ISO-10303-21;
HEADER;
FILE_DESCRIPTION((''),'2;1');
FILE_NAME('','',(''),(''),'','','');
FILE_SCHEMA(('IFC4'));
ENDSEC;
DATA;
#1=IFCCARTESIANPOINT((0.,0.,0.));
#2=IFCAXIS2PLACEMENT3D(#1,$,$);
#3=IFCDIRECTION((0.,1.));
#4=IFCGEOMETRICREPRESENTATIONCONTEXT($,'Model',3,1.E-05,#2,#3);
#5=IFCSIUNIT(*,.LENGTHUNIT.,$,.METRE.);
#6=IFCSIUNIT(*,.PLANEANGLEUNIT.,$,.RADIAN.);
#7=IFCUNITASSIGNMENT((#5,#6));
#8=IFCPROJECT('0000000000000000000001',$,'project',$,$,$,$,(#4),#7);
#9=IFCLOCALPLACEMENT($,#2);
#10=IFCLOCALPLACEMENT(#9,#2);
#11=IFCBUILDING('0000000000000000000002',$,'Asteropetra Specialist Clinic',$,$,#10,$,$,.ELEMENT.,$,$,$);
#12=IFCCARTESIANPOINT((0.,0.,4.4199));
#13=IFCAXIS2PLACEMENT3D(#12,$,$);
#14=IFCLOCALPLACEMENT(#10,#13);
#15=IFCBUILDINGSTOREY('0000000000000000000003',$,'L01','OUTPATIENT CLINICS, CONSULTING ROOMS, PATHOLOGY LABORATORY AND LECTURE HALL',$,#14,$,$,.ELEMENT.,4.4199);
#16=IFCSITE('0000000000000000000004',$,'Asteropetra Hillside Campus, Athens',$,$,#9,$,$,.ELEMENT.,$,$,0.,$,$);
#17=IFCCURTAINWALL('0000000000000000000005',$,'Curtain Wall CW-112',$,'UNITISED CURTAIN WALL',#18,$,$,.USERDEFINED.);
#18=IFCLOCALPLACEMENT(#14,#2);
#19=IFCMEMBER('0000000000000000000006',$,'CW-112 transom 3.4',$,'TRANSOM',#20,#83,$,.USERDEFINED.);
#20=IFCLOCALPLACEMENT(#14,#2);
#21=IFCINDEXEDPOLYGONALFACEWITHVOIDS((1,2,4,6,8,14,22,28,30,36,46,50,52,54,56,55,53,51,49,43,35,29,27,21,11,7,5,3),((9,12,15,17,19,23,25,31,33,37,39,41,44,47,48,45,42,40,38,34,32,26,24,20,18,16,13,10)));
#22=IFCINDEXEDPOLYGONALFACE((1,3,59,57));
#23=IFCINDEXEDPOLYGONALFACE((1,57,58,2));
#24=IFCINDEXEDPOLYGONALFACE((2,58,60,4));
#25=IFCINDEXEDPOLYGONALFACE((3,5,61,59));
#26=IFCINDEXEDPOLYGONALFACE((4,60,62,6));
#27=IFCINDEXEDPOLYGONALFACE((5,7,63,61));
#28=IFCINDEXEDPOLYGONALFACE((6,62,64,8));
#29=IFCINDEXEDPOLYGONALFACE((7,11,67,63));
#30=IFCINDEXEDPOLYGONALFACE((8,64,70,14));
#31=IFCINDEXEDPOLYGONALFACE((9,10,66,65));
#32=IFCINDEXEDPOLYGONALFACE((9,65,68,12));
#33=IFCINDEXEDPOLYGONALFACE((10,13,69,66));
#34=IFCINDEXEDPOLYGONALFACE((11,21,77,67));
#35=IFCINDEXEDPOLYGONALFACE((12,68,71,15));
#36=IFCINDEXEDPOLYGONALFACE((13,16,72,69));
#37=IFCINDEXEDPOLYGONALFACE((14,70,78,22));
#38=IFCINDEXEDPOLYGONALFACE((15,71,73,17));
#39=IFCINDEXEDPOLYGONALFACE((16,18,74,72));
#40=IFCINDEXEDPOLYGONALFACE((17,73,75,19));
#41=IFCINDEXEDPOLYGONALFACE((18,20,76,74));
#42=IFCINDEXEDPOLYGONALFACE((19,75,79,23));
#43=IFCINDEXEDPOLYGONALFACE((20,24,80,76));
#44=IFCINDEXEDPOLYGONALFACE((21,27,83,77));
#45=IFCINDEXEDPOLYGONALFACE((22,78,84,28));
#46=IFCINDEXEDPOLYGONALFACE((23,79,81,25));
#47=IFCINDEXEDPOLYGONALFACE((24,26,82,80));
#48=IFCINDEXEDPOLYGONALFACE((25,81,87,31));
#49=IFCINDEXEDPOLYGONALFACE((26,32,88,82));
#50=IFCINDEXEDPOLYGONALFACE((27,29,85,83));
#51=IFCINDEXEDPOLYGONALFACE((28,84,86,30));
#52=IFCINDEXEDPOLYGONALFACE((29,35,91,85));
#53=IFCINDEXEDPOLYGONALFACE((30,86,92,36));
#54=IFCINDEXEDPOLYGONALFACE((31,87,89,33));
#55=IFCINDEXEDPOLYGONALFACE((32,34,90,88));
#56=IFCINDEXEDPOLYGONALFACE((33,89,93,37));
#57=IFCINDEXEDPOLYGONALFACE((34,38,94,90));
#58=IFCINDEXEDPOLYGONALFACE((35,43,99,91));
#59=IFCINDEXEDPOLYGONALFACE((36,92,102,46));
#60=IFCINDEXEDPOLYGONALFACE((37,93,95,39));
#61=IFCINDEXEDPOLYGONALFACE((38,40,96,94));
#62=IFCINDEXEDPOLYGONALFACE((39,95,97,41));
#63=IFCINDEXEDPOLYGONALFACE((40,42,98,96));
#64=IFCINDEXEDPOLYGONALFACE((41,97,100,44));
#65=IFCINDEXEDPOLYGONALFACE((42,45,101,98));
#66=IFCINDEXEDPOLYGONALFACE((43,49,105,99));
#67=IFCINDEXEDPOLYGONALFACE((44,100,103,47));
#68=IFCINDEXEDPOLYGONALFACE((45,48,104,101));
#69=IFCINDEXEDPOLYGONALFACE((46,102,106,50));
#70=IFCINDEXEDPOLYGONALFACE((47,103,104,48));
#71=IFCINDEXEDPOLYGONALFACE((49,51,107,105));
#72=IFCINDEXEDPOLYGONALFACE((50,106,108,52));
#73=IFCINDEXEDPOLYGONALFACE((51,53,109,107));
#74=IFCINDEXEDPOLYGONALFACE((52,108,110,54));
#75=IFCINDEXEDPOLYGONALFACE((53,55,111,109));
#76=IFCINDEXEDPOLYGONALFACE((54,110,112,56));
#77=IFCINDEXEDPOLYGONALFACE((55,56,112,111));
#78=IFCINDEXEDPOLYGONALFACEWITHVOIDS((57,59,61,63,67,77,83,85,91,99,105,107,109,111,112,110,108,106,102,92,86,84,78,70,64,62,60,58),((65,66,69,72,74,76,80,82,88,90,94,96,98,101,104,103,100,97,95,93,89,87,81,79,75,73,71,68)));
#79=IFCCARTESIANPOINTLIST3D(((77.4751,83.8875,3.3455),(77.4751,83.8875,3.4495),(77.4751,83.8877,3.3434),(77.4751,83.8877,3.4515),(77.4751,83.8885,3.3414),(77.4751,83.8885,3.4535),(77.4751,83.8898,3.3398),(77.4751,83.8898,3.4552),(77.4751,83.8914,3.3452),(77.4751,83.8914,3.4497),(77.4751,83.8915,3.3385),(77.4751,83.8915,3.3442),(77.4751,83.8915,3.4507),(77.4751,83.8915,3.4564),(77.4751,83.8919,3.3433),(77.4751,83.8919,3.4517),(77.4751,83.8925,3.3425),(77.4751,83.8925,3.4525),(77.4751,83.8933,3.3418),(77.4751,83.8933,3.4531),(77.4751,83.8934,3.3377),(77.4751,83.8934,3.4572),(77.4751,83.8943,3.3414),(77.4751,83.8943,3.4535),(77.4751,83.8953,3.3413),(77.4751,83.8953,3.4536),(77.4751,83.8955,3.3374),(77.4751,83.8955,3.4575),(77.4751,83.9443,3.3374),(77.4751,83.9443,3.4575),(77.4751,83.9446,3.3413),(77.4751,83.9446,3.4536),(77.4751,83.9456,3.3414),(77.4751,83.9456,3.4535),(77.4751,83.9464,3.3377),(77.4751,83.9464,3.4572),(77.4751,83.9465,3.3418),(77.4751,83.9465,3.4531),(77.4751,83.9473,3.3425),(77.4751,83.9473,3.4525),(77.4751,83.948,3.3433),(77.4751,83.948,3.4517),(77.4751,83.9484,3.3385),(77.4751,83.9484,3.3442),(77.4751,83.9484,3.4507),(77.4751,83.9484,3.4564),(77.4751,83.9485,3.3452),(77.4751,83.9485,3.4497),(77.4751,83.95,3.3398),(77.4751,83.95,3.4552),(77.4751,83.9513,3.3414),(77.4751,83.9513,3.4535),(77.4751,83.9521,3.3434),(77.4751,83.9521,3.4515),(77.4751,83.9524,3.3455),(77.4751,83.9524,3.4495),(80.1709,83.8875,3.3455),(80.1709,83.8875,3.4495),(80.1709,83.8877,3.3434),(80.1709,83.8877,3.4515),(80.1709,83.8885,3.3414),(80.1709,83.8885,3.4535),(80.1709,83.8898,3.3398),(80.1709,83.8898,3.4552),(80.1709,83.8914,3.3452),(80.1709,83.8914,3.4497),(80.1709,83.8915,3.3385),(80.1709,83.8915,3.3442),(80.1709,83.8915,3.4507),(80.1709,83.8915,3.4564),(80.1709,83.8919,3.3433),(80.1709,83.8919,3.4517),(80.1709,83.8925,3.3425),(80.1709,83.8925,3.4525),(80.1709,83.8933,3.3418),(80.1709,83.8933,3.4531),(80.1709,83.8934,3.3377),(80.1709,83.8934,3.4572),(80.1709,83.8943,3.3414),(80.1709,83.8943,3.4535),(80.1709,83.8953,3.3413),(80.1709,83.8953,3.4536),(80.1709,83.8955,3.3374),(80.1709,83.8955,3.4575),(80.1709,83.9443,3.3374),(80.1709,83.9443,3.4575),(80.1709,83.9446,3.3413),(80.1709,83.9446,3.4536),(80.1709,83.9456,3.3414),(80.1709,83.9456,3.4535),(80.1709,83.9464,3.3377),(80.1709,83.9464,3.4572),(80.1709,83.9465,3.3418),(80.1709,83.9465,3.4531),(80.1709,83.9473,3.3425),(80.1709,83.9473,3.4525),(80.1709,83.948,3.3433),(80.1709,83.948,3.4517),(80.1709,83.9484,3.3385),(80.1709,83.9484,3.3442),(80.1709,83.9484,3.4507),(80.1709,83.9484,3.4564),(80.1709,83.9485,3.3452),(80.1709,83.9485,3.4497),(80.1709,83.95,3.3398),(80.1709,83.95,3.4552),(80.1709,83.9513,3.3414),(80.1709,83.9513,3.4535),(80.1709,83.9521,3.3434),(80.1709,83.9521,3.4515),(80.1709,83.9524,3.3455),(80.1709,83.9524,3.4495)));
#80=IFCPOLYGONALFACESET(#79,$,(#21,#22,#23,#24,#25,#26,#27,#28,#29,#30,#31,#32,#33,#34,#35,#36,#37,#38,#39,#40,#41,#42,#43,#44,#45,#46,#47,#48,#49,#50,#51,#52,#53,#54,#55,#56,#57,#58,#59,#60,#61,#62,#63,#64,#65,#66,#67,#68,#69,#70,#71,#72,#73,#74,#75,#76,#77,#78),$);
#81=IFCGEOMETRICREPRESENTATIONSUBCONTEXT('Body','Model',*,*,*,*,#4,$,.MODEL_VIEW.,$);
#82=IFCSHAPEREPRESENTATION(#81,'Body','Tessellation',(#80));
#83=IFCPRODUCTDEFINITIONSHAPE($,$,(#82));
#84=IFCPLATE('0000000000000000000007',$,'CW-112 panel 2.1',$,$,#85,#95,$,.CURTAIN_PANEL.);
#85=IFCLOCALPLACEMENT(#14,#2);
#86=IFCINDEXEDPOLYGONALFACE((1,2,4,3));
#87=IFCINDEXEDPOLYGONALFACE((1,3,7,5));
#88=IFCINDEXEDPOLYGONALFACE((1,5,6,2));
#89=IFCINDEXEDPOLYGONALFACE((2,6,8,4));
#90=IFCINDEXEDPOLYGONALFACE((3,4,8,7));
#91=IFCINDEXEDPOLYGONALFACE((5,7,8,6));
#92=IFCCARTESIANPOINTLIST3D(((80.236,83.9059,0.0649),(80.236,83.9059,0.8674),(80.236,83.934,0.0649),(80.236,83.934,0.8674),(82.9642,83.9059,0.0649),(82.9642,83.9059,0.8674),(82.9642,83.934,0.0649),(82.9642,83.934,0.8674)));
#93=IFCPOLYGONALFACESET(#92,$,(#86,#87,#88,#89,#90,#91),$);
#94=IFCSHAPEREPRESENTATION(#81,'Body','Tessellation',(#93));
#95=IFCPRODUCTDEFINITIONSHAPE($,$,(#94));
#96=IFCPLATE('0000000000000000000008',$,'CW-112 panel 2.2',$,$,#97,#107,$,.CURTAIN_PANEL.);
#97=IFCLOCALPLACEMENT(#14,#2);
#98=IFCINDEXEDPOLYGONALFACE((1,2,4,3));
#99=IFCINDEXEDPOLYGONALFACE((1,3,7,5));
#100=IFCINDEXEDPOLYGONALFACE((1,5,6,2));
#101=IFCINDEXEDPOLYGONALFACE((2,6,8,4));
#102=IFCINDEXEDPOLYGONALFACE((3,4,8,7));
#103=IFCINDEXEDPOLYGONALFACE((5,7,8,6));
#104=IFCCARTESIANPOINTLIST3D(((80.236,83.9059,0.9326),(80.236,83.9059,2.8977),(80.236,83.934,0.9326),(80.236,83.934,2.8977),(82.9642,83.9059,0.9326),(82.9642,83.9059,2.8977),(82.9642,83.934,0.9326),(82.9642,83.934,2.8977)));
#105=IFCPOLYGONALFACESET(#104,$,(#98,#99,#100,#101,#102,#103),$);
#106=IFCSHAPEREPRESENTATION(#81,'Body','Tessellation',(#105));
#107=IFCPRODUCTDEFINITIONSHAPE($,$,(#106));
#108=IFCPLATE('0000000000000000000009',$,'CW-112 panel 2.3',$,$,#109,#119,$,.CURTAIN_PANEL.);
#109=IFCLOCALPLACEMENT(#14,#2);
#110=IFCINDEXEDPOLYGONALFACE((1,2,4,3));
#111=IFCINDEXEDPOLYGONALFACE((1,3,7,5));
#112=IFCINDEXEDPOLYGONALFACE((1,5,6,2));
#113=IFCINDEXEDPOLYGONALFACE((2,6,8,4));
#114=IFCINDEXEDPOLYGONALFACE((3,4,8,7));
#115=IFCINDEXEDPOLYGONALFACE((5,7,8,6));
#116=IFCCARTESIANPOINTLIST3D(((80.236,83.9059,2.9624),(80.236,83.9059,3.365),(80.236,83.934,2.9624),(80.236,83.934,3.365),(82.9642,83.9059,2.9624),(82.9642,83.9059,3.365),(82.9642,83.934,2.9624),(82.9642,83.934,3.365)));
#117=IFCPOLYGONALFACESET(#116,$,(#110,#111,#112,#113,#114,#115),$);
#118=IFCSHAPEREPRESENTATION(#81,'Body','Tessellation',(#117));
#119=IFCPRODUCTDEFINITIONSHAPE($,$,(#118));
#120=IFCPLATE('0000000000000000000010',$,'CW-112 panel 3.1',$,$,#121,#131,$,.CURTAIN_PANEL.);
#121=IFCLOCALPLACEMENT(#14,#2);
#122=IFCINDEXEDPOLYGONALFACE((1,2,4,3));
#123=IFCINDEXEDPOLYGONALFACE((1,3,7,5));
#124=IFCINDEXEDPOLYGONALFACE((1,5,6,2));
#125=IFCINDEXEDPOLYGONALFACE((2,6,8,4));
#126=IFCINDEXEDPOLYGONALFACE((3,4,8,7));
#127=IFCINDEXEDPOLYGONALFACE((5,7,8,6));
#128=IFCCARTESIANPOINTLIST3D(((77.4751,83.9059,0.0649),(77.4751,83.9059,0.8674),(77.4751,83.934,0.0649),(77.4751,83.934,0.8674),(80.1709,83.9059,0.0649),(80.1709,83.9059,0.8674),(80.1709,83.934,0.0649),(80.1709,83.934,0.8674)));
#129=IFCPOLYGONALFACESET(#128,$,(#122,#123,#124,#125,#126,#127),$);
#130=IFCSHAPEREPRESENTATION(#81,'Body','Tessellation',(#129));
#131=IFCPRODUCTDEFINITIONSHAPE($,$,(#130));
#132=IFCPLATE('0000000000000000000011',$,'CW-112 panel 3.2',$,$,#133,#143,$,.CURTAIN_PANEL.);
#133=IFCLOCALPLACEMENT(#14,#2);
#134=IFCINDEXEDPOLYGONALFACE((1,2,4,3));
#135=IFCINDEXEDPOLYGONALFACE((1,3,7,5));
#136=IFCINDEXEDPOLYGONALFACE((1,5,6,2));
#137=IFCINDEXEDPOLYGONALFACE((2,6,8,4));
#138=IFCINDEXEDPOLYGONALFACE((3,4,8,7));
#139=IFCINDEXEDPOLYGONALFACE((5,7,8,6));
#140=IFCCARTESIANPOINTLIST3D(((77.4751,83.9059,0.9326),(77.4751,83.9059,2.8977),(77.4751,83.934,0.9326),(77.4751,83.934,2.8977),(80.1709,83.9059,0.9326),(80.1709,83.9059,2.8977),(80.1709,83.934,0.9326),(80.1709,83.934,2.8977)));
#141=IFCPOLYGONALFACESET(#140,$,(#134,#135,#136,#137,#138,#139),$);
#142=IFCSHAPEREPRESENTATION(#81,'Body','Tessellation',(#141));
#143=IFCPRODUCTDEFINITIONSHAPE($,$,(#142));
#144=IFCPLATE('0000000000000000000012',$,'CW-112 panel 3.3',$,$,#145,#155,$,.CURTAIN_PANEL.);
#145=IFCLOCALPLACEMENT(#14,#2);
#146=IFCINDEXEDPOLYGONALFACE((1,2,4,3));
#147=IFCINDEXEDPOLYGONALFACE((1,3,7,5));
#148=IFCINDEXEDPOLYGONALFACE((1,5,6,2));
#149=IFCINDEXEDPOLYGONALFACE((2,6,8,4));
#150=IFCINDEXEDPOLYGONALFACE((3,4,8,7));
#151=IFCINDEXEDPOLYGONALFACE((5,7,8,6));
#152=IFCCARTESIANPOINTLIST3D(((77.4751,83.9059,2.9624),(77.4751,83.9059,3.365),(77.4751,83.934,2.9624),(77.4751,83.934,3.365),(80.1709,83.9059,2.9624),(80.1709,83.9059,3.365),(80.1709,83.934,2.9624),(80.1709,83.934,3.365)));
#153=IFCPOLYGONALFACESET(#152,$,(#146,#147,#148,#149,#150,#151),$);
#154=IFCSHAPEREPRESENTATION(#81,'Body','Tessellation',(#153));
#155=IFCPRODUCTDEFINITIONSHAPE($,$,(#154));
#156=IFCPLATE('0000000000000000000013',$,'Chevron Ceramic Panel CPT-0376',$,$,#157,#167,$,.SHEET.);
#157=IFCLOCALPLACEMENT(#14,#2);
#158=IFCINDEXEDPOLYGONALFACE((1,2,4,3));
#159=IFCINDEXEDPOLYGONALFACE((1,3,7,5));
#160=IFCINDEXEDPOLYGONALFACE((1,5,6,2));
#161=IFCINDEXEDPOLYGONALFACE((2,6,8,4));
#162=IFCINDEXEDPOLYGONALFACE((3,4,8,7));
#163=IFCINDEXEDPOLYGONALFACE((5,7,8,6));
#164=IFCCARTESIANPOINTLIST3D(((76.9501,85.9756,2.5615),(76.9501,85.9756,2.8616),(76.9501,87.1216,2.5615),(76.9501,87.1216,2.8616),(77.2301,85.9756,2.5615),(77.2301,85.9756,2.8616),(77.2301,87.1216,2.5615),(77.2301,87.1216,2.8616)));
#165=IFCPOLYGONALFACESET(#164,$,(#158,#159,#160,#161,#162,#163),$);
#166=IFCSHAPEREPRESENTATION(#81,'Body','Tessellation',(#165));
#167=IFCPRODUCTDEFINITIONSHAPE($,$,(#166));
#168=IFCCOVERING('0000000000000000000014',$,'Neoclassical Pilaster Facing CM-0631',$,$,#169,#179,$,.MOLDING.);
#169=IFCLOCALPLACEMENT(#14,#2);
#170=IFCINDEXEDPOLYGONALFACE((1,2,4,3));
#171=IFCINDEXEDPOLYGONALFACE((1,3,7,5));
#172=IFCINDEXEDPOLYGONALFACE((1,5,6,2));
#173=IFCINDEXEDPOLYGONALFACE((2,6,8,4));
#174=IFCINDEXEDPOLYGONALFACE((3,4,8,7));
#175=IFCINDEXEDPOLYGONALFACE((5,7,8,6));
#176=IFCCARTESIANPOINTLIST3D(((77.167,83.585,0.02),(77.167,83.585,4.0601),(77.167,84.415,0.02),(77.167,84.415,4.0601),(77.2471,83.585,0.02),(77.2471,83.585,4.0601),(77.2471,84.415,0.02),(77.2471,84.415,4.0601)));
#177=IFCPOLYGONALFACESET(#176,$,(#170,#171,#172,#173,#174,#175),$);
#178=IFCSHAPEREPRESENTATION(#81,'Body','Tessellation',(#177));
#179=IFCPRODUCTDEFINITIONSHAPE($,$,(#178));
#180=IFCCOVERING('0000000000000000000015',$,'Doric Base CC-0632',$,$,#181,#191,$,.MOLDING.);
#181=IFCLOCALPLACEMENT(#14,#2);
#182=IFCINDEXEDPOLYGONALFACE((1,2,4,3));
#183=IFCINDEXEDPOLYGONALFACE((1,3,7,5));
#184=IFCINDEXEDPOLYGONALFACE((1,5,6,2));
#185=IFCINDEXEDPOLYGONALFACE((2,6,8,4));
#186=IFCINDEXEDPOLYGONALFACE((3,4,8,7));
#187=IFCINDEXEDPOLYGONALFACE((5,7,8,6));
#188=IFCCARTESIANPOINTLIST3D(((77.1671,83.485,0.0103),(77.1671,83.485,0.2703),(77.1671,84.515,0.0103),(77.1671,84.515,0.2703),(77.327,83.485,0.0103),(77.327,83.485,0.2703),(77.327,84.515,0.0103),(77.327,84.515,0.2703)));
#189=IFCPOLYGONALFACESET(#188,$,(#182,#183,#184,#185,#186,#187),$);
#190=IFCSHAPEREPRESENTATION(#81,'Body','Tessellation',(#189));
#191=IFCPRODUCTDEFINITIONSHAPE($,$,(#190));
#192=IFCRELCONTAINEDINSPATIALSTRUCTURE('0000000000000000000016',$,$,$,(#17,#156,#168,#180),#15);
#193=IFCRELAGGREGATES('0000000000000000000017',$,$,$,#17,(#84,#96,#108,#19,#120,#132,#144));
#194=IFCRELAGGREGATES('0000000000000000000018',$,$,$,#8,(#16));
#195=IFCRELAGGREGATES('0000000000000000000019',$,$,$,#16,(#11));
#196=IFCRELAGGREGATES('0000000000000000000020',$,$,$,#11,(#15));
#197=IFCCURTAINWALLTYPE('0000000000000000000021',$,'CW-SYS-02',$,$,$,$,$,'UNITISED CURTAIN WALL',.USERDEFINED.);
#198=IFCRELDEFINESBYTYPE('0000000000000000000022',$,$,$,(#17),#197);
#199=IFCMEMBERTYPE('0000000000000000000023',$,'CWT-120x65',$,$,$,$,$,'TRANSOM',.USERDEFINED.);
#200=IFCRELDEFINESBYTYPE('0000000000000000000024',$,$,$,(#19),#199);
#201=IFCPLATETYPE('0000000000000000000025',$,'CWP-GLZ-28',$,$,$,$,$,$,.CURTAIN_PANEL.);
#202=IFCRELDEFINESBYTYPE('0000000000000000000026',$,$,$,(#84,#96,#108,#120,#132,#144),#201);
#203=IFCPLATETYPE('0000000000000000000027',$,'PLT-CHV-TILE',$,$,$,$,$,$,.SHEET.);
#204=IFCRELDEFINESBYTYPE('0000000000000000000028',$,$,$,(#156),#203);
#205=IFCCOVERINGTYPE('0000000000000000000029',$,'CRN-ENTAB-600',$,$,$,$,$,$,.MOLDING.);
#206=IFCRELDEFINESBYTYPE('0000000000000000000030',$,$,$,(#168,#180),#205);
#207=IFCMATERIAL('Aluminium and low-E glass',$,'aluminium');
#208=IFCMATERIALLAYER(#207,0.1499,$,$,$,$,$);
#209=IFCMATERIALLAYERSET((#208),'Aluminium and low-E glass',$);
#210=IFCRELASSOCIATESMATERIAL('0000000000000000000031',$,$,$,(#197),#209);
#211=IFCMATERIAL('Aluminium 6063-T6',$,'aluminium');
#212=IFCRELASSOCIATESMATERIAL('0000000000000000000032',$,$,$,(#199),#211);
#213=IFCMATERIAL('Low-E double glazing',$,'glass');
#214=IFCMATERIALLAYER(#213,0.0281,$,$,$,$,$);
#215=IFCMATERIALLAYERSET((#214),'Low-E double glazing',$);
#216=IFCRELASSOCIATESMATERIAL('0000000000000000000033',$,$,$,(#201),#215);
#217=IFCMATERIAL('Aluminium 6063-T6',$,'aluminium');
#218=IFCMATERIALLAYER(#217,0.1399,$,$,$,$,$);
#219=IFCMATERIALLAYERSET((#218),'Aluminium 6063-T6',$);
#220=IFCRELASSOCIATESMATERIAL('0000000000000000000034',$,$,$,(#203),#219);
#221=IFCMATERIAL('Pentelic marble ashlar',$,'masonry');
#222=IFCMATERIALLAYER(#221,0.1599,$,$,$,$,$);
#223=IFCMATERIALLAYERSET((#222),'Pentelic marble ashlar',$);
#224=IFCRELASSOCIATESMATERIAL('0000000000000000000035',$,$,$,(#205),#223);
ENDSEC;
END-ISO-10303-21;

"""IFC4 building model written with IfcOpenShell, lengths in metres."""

from ifc_helpers import new_model, si_unit, direction, frame, origin, origin_2d, place, context, subcontext, project, spatial, rectangle, hollow_rectangle, extrude, material, layer, layer_set, material_profile, profile_set, type_object, element, aggregate, save


model = new_model("IFC4")

# Units and contexts
model_context = context("Model", 3, precision=1e-05, world=origin(), true_north=direction((0.0, 1.0)))
body_context = subcontext(model_context, "Body", "Model", "MODEL_VIEW")
ifc_project = project(units=[si_unit("LENGTHUNIT", "METRE"), si_unit("PLANEANGLEUNIT", "RADIAN")], contexts=[model_context])

# Site, building, storey
site_placement = place(None, origin())
site = spatial("IfcSite", under=ifc_project, at=site_placement, Name="Asteropetra Hillside Campus, Athens", CompositionType="ELEMENT", RefElevation=0.0)
building_placement = place(site_placement, origin())
building = spatial("IfcBuilding", under=site, at=building_placement, Name="Asteropetra Specialist Clinic", CompositionType="ELEMENT")
storey_placement = place(building_placement, frame((0.0, 0.0, 4.4199)))
storey = spatial("IfcBuildingStorey", under=building, at=storey_placement, Name="L01", Description="OUTPATIENT CLINICS, CONSULTING ROOMS, PATHOLOGY LABORATORY AND LECTURE HALL", CompositionType="ELEMENT", Elevation=4.4199)

# Curtain wall, member, plates
ifc_material_1 = material(Name="Aluminium and low-E glass", Category="aluminium")
ifc_layer_1 = layer(ifc_material_1, 0.1499)
ifc_layer_set_1 = layer_set([ifc_layer_1], Name="Aluminium and low-E glass")
curtain_wall_type = type_object("IfcCurtainWallType", Name="CW-SYS-02", ElementType="UNITISED CURTAIN WALL", PredefinedType="USERDEFINED", material=ifc_layer_set_1)
curtain_wall_placement = place(storey_placement, origin())
curtain_wall = element("IfcCurtainWall", 1, at=curtain_wall_placement, inside=storey, type_object=curtain_wall_type, Name="Curtain Wall CW-112", ObjectType="UNITISED CURTAIN WALL", PredefinedType="USERDEFINED")
ifc_material_2 = material(Name="Aluminium 6063-T6", Category="aluminium")
ifc_material_profile_1 = material_profile(ifc_material_2, hollow_rectangle(XDim=0.0649, YDim=0.1201, WallThickness=0.0039, InnerFilletRadius=0.0039, OuterFilletRadius=0.0081, at=origin_2d()), Name="TRN 120x65x4.0")
ifc_profile_set_1 = profile_set([ifc_material_profile_1], Name="Aluminium 6063-T6")
member_type_1 = type_object("IfcMemberType", Name="CWT-120x65", ElementType="TRANSOM", PredefinedType="USERDEFINED", material=ifc_profile_set_1)
member_1_placement = place(storey_placement, frame((80.1709, 83.9199, 3.3975), z_axis=(-1.0, 0.0, 0.0), x_axis=(0.0, -1.0, 0.0)))
member_1 = element("IfcMember", 2, at=member_1_placement, type_object=member_type_1, Name="CW-112 transom 3.4", ObjectType="TRANSOM", PredefinedType="USERDEFINED", context=body_context, shape_type="SweptSolid", body=[
    extrude(hollow_rectangle(XDim=0.0649, YDim=0.1201, WallThickness=0.0039, InnerFilletRadius=0.0039, OuterFilletRadius=0.0081, at=origin_2d()), origin(), (0.0, 0.0, 1.0), 2.6958),
])
ifc_material_3 = material(Name="Low-E double glazing", Category="glass")
ifc_layer_2 = layer(ifc_material_3, 0.0281)
ifc_layer_set_2 = layer_set([ifc_layer_2], Name="Low-E double glazing")
plate_type_1 = type_object("IfcPlateType", Name="CWP-GLZ-28", PredefinedType="CURTAIN_PANEL", material=ifc_layer_set_2)
plate_1_placement = place(storey_placement, frame((81.6001, 83.9199, 0.0649), z_axis=(0.0, 0.0, 1.0), x_axis=(-1.0, 0.0, 0.0)))
plate_1 = element("IfcPlate", 3, at=plate_1_placement, type_object=plate_type_1, Name="CW-112 panel 2.1", PredefinedType="CURTAIN_PANEL", context=body_context, shape_type="SweptSolid", body=[
    extrude(rectangle(XDim=2.7283, YDim=0.0281, at=origin_2d()), origin(), (0.0, 0.0, 1.0), 0.8025),
])
plate_2_placement = place(storey_placement, frame((81.6001, 83.9199, 0.9326), z_axis=(0.0, 0.0, 1.0), x_axis=(-1.0, 0.0, 0.0)))
plate_2 = element("IfcPlate", 4, at=plate_2_placement, type_object=plate_type_1, Name="CW-112 panel 2.2", PredefinedType="CURTAIN_PANEL", context=body_context, shape_type="SweptSolid", body=[
    extrude(rectangle(XDim=2.7283, YDim=0.0281, at=origin_2d()), origin(), (0.0, 0.0, 1.0), 1.9651),
])
plate_3_placement = place(storey_placement, frame((81.6001, 83.9199, 2.9624), z_axis=(0.0, 0.0, 1.0), x_axis=(-1.0, 0.0, 0.0)))
plate_3 = element("IfcPlate", 5, at=plate_3_placement, type_object=plate_type_1, Name="CW-112 panel 2.3", PredefinedType="CURTAIN_PANEL", context=body_context, shape_type="SweptSolid", body=[
    extrude(rectangle(XDim=2.7283, YDim=0.0281, at=origin_2d()), origin(), (0.0, 0.0, 1.0), 0.4026),
])
plate_4_placement = place(storey_placement, frame((78.823, 83.9199, 0.0649), z_axis=(0.0, 0.0, 1.0), x_axis=(-1.0, 0.0, 0.0)))
plate_4 = element("IfcPlate", 6, at=plate_4_placement, type_object=plate_type_1, Name="CW-112 panel 3.1", PredefinedType="CURTAIN_PANEL", context=body_context, shape_type="SweptSolid", body=[
    extrude(rectangle(XDim=2.6958, YDim=0.0281, at=origin_2d()), origin(), (0.0, 0.0, 1.0), 0.8025),
])
plate_5_placement = place(storey_placement, frame((78.823, 83.9199, 0.9326), z_axis=(0.0, 0.0, 1.0), x_axis=(-1.0, 0.0, 0.0)))
plate_5 = element("IfcPlate", 7, at=plate_5_placement, type_object=plate_type_1, Name="CW-112 panel 3.2", PredefinedType="CURTAIN_PANEL", context=body_context, shape_type="SweptSolid", body=[
    extrude(rectangle(XDim=2.6958, YDim=0.0281, at=origin_2d()), origin(), (0.0, 0.0, 1.0), 1.9651),
])
plate_6_placement = place(storey_placement, frame((78.823, 83.9199, 2.9624), z_axis=(0.0, 0.0, 1.0), x_axis=(-1.0, 0.0, 0.0)))
plate_6 = element("IfcPlate", 8, at=plate_6_placement, type_object=plate_type_1, Name="CW-112 panel 3.3", PredefinedType="CURTAIN_PANEL", context=body_context, shape_type="SweptSolid", body=[
    extrude(rectangle(XDim=2.6958, YDim=0.0281, at=origin_2d()), origin(), (0.0, 0.0, 1.0), 0.4026),
])
aggregate(curtain_wall, [plate_1, plate_2, plate_3, member_1, plate_4, plate_5, plate_6])

# Plate
ifc_material_4 = material(Name="Aluminium 6063-T6", Category="aluminium")
ifc_layer_3 = layer(ifc_material_4, 0.1399)
ifc_layer_set_3 = layer_set([ifc_layer_3], Name="Aluminium 6063-T6")
plate_type_2 = type_object("IfcPlateType", Name="PLT-CHV-TILE", PredefinedType="SHEET", material=ifc_layer_set_3)
plate_7_placement = place(storey_placement, frame((77.0901, 86.5486, 2.5615), z_axis=(0.0, 0.0, 1.0), x_axis=(1.0, 0.0, 0.0)))
element("IfcPlate", 9, at=plate_7_placement, inside=storey, type_object=plate_type_2, Name="Chevron Ceramic Panel CPT-0376", PredefinedType="SHEET", context=body_context, shape_type="SweptSolid", body=[
    extrude(rectangle(XDim=0.28, YDim=1.146, at=origin_2d()), origin(), (0.0, 0.0, 1.0), 0.3),
])

# Coverings
ifc_material_5 = material(Name="Pentelic marble ashlar", Category="masonry")
ifc_layer_4 = layer(ifc_material_5, 0.1599)
ifc_layer_set_4 = layer_set([ifc_layer_4], Name="Pentelic marble ashlar")
covering_type_1 = type_object("IfcCoveringType", Name="CRN-ENTAB-600", PredefinedType="MOLDING", material=ifc_layer_set_4)
covering_1_placement = place(storey_placement, frame((77.207, 84.0, 0.02), z_axis=(0.0, 0.0, 1.0), x_axis=(1.0, 0.0, 0.0)))
element("IfcCovering", 10, at=covering_1_placement, inside=storey, type_object=covering_type_1, Name="Neoclassical Pilaster Facing CM-0631", PredefinedType="MOLDING", context=body_context, shape_type="SweptSolid", body=[
    extrude(rectangle(XDim=0.0801, YDim=0.8301, at=origin_2d()), origin(), (0.0, 0.0, 1.0), 4.04),
])
for number, where, z_axis, x_axis, name in (
    (11, (77.2471, 84.0, 0.0103), (0.0, 0.0, 1.0), (1.0, 0.0, 0.0), "Doric Base CC-0632"),
):
    element("IfcCovering", number, at=place(storey_placement, frame(where, z_axis=z_axis, x_axis=x_axis)), inside=storey, type_object=covering_type_1, Name=name, PredefinedType="MOLDING", context=body_context, shape_type="SweptSolid", body=[
        extrude(rectangle(XDim=0.1599, YDim=1.03, at=origin_2d()), origin(), (0.0, 0.0, 1.0), 0.26),
    ])

save(model, "model.ifc")
